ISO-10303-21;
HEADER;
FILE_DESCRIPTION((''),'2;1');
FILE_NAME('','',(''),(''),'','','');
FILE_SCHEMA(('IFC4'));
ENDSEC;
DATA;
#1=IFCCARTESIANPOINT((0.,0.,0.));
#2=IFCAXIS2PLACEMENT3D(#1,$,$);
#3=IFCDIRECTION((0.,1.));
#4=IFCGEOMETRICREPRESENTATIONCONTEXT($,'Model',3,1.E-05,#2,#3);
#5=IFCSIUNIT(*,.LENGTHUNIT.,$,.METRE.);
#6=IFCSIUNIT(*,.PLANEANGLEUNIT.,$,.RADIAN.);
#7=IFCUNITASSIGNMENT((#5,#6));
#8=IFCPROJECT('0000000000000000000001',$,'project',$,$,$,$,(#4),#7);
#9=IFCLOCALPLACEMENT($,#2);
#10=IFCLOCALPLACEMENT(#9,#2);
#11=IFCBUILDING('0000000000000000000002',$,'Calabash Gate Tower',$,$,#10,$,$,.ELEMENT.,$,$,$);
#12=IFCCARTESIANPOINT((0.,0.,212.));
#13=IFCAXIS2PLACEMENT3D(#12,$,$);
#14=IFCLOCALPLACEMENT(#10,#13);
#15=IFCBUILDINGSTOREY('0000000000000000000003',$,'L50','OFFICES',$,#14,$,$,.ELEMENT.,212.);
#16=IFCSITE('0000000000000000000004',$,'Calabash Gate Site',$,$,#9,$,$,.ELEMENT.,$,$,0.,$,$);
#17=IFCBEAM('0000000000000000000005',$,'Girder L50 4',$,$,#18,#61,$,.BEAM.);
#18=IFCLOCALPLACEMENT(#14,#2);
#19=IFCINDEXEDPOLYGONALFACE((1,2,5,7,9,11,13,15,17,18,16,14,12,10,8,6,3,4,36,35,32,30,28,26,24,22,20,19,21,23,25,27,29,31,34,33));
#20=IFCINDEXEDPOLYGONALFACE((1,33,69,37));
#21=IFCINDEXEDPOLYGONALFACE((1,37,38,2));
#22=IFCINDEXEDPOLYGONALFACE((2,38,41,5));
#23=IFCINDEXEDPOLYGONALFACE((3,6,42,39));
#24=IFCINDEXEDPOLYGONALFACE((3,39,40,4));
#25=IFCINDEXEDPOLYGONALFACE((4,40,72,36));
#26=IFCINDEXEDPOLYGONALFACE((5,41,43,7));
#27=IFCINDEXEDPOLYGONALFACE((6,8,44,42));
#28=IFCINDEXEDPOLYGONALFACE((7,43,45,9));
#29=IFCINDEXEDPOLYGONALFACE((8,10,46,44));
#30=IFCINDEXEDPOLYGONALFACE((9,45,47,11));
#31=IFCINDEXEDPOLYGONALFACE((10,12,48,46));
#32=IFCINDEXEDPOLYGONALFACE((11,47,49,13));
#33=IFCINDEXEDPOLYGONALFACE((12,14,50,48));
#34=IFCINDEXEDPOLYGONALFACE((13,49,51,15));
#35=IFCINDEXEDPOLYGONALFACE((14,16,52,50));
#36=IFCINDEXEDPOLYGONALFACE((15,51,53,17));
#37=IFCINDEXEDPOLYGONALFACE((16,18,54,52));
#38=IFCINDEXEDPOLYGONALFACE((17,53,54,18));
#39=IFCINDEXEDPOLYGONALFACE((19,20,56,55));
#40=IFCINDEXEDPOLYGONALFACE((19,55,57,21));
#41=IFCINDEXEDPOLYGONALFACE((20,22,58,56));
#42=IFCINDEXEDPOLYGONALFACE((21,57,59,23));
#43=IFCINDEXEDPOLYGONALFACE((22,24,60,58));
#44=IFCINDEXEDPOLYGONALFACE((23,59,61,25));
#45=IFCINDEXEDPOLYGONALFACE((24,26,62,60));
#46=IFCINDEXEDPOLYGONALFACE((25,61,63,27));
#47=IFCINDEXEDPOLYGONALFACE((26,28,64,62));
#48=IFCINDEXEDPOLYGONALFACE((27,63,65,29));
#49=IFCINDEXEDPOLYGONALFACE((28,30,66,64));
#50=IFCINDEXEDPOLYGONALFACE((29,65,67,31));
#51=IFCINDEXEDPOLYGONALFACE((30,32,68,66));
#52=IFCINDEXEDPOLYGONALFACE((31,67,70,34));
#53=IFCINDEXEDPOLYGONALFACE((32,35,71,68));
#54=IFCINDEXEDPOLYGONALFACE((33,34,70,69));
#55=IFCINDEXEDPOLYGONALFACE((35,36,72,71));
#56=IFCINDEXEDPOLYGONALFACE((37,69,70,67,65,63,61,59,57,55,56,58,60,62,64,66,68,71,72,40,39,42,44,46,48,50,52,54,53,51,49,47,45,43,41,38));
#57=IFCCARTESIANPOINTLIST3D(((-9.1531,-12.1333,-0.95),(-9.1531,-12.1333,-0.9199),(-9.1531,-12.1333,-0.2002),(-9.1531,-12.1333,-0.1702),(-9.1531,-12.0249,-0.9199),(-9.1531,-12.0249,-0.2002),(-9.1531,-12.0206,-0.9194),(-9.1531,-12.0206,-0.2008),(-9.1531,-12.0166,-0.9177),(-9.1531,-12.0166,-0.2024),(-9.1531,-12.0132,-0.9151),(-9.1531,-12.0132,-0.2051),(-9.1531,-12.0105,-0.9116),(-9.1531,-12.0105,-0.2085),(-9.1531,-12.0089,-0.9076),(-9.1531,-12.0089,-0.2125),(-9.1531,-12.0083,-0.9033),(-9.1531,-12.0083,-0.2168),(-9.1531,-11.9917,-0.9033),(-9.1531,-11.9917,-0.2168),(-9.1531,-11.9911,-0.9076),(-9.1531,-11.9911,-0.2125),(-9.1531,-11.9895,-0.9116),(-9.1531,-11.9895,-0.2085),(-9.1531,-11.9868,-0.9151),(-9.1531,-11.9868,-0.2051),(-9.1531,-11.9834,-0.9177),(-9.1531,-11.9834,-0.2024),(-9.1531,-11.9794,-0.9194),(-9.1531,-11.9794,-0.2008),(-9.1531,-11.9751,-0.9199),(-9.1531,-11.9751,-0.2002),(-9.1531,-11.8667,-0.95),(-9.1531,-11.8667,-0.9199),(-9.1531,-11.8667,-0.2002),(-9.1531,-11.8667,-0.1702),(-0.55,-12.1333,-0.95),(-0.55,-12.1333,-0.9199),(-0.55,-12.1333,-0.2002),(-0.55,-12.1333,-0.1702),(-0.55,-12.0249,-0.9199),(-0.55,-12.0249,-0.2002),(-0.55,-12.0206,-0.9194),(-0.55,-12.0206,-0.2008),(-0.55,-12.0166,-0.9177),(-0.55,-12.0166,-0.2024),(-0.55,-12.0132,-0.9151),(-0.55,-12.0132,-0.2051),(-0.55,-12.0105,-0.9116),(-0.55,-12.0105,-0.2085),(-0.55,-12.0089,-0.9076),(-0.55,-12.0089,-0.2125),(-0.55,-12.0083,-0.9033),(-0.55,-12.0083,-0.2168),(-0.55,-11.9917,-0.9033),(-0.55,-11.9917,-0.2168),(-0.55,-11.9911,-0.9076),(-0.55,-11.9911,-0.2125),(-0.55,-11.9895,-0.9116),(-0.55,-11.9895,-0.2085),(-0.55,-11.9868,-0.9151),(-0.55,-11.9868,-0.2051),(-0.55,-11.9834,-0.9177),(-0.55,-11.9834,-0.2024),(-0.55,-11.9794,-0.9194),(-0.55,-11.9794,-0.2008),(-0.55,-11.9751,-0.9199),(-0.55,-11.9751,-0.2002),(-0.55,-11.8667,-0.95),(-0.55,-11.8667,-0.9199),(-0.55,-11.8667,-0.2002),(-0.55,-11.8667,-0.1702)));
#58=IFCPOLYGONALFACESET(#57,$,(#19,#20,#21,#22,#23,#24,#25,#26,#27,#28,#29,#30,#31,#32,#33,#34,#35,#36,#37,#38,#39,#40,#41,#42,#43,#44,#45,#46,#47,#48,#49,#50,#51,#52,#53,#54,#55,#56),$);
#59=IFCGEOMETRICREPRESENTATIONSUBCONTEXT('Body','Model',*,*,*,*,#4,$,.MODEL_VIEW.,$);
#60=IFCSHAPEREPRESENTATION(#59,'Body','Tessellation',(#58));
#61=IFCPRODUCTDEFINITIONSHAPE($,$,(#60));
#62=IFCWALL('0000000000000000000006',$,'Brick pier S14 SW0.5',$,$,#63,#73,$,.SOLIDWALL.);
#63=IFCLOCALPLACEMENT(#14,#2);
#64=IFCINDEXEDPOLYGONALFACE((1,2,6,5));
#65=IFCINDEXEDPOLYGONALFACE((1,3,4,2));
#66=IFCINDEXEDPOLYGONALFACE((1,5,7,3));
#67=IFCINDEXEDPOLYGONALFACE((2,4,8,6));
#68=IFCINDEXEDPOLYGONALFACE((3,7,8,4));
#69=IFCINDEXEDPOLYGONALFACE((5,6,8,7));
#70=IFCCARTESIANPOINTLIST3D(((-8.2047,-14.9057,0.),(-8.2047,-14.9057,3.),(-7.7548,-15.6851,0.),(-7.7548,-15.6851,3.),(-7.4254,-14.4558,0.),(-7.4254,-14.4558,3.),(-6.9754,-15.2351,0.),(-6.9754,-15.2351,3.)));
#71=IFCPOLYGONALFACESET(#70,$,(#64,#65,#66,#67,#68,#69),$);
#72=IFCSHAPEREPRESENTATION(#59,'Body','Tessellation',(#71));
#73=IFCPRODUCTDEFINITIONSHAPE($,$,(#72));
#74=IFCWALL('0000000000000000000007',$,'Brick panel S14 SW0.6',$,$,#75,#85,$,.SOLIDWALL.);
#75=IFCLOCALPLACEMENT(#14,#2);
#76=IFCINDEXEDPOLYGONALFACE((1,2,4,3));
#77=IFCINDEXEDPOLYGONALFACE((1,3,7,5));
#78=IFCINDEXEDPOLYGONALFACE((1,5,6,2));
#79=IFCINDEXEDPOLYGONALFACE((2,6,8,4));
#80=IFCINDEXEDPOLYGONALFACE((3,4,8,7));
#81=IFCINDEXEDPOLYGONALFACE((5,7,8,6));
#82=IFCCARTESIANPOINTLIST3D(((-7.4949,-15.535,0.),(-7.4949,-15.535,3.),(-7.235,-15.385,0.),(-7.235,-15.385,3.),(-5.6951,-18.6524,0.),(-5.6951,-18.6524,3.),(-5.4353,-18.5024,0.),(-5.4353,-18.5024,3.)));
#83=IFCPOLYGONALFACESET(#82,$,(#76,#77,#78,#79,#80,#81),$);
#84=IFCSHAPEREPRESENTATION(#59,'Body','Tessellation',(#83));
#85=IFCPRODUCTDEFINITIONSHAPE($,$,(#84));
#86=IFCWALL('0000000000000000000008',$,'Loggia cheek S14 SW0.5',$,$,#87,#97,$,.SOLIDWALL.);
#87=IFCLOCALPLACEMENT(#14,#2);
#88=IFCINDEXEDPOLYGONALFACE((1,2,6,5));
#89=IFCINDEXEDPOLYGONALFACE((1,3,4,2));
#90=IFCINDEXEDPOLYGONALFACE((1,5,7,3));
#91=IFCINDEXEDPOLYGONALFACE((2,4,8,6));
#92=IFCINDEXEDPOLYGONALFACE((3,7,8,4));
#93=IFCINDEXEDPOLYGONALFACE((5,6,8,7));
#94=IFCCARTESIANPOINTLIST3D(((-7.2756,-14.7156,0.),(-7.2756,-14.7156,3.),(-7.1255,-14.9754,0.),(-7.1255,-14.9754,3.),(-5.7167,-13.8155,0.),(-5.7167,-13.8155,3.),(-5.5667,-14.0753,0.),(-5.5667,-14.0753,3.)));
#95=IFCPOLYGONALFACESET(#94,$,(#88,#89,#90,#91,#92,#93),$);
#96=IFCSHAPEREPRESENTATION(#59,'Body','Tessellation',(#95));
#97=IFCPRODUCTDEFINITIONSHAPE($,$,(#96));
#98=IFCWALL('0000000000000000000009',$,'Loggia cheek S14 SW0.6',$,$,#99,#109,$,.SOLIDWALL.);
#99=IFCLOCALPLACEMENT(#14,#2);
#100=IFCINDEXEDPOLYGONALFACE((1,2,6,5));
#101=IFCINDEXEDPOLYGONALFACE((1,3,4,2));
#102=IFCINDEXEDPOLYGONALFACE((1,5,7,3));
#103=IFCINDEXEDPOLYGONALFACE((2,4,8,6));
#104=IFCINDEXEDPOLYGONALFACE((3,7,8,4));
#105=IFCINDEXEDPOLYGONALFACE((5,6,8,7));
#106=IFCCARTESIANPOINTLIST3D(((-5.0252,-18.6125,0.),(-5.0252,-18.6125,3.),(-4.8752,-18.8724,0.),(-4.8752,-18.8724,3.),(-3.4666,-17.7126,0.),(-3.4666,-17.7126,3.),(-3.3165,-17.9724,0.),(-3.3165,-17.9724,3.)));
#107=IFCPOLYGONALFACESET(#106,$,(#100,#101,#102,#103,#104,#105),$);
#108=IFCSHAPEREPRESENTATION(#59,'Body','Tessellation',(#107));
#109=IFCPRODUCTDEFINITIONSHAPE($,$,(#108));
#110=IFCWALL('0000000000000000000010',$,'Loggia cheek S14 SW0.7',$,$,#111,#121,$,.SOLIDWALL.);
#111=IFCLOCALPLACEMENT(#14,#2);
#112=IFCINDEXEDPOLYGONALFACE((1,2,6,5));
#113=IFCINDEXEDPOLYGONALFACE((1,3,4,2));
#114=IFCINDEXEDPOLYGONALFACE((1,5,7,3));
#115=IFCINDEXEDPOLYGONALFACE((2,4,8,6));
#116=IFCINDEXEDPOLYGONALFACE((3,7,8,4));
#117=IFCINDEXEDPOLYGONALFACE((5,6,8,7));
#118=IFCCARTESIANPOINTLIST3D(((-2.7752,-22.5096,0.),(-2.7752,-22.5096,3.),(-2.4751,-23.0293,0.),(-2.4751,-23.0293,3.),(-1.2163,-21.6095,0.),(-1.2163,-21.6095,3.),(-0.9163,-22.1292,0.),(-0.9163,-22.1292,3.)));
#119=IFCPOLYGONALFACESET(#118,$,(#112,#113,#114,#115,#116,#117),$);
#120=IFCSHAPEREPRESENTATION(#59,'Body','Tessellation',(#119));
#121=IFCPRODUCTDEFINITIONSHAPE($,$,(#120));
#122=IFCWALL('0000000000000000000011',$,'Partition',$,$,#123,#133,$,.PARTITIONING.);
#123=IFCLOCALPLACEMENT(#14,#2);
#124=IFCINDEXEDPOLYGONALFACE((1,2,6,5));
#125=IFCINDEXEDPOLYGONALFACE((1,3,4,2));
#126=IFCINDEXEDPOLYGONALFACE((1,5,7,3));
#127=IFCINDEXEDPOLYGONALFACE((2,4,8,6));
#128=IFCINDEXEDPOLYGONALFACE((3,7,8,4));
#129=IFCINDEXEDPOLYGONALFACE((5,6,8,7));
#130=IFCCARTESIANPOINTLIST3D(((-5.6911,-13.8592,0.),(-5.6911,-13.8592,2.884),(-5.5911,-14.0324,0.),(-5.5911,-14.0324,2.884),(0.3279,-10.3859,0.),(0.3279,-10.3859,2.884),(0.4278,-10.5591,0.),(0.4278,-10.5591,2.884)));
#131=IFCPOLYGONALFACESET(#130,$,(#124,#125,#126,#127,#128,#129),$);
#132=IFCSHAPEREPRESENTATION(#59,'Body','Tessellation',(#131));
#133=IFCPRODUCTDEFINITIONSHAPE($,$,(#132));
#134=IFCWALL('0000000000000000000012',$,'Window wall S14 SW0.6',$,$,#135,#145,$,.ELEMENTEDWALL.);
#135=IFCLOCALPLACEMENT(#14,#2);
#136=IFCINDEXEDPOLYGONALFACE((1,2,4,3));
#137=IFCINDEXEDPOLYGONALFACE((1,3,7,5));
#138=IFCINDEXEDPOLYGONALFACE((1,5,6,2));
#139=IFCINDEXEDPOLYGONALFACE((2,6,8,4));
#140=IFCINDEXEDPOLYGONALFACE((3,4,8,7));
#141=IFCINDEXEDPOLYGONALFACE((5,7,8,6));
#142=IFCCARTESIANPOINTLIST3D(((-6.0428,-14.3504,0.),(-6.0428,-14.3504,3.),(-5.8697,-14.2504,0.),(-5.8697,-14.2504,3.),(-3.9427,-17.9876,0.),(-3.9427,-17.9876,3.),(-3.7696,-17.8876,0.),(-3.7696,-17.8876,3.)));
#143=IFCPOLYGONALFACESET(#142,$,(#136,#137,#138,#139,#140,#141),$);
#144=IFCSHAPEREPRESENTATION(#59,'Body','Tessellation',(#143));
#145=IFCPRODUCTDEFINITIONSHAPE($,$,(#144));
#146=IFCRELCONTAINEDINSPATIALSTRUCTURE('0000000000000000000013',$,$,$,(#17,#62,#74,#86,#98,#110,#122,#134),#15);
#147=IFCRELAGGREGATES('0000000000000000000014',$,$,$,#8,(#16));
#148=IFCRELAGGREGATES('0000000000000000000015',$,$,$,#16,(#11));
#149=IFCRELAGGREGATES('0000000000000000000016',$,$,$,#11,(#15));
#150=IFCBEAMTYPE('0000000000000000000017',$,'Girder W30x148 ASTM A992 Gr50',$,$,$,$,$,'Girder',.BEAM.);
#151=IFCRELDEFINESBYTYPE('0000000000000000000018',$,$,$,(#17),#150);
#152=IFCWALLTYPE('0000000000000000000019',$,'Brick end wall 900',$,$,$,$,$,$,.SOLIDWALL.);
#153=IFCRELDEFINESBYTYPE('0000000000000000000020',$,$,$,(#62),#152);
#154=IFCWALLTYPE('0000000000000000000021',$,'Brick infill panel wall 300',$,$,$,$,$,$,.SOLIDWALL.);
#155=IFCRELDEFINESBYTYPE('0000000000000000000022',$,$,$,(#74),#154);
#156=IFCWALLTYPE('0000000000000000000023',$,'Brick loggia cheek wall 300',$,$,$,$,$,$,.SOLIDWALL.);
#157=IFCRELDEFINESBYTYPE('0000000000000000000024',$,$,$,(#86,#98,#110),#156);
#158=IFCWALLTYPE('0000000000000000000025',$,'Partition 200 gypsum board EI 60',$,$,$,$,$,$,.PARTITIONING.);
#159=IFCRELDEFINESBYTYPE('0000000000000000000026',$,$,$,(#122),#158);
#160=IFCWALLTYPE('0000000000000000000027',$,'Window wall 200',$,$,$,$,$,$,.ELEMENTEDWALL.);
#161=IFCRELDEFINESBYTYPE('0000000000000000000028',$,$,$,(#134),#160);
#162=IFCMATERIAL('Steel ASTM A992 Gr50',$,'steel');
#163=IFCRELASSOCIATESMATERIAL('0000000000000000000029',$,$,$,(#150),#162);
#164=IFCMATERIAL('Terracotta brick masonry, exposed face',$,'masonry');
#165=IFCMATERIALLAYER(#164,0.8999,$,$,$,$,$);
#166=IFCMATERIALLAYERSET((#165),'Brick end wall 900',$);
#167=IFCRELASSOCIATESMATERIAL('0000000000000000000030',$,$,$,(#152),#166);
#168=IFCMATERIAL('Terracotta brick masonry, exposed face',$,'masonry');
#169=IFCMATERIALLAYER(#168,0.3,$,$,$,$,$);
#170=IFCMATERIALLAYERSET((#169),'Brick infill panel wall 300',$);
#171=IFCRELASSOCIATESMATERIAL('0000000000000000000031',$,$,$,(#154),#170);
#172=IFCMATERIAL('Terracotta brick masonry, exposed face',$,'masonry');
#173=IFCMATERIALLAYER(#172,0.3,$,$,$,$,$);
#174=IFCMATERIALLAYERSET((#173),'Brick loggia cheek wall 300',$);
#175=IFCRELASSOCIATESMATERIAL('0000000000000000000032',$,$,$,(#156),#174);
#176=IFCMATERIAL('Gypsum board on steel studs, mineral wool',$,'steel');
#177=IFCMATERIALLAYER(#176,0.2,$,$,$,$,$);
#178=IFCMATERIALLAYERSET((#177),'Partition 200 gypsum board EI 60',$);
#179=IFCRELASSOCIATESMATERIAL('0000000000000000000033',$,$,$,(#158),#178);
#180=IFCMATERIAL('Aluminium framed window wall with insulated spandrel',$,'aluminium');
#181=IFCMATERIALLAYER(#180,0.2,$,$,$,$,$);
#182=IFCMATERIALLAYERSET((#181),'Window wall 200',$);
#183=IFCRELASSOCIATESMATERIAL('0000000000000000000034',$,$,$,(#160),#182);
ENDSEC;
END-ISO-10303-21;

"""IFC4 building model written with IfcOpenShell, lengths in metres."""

from ifc_helpers import new_model, si_unit, direction, frame, frame_2d, origin, origin_2d, place, context, subcontext, project, spatial, rectangle, i_section, extrude, material, layer, layer_set, material_profile, profile_set, type_object, element, save


model = new_model("IFC4")

# Units and contexts
model_context = context("Model", 3, precision=1e-05, world=origin(), true_north=direction((0.0, 1.0)))
body_context = subcontext(model_context, "Body", "Model", "MODEL_VIEW")
ifc_project = project(units=[si_unit("LENGTHUNIT", "METRE"), si_unit("PLANEANGLEUNIT", "RADIAN")], contexts=[model_context])

# Site, building, storey
site_placement = place(None, origin())
site = spatial("IfcSite", under=ifc_project, at=site_placement, Name="Calabash Gate Site", CompositionType="ELEMENT", RefElevation=0.0)
building_placement = place(site_placement, origin())
building = spatial("IfcBuilding", under=site, at=building_placement, Name="Calabash Gate Tower", CompositionType="ELEMENT")
storey_placement = place(building_placement, frame((0.0, 0.0, 212.0)))
storey = spatial("IfcBuildingStorey", under=building, at=storey_placement, Name="L50", Description="OFFICES", CompositionType="ELEMENT", Elevation=212.0)

# Beam
ifc_material_1 = material(Name="Steel ASTM A992 Gr50", Category="steel")
ifc_material_profile_1 = material_profile(ifc_material_1, i_section(OverallWidth=0.2666, OverallDepth=0.7798, WebThickness=0.0166, FlangeThickness=0.03, FilletRadius=0.0166, at=origin_2d()))
ifc_profile_set_1 = profile_set([ifc_material_profile_1], Name="Steel ASTM A992 Gr50")
beam_type_1 = type_object("IfcBeamType", Name="Girder W30x148 ASTM A992 Gr50", ElementType="Girder", PredefinedType="BEAM", material=ifc_profile_set_1)
beam_1_placement = place(storey_placement, frame((-9.1531, -12.0, -0.5601), z_axis=(1.0, 0.0, 0.0), x_axis=(0.0, 1.0, 0.0)))
element("IfcBeam", 1, at=beam_1_placement, inside=storey, type_object=beam_type_1, Name="Girder L50 4", PredefinedType="BEAM", context=body_context, shape_type="SweptSolid", body=[
    extrude(i_section(OverallWidth=0.2666, OverallDepth=0.7798, WebThickness=0.0166, FlangeThickness=0.03, FilletRadius=0.0166, at=origin_2d()), origin(), (0.0, 0.0, 1.0), 8.603),
])

# Walls
ifc_material_2 = material(Name="Terracotta brick masonry, exposed face", Category="masonry")
ifc_layer_1 = layer(ifc_material_2, 0.8999)
ifc_layer_set_1 = layer_set([ifc_layer_1], Name="Brick end wall 900")
wall_type_1 = type_object("IfcWallType", Name="Brick end wall 900", PredefinedType="SOLIDWALL", material=ifc_layer_set_1)
wall_1_placement = place(storey_placement, frame((-7.9797, -15.2954, 0.0), z_axis=(0.0, 0.0, 1.0), x_axis=(0.866014, 0.50002, 0.0)))
element("IfcWall", 2, at=wall_1_placement, inside=storey, type_object=wall_type_1, Name="Brick pier S14 SW0.5", PredefinedType="SOLIDWALL", context=body_context, shape_type="SweptSolid", body=[
    extrude(rectangle(XDim=0.8999, YDim=0.8999, at=frame_2d((0.45, 0.0))), origin(), (0.0, 0.0, 1.0), 3.0),
])
ifc_material_3 = material(Name="Terracotta brick masonry, exposed face", Category="masonry")
ifc_layer_2 = layer(ifc_material_3, 0.3)
ifc_layer_set_2 = layer_set([ifc_layer_2], Name="Brick infill panel wall 300")
wall_type_2 = type_object("IfcWallType", Name="Brick infill panel wall 300", PredefinedType="SOLIDWALL", material=ifc_layer_set_2)
wall_2_placement = place(storey_placement, frame((-5.5652, -18.5774, 0.0), z_axis=(0.0, 0.0, 1.0), x_axis=(-0.499991, 0.866031, 0.0)))
element("IfcWall", 3, at=wall_2_placement, inside=storey, type_object=wall_type_2, Name="Brick panel S14 SW0.6", PredefinedType="SOLIDWALL", context=body_context, shape_type="SweptSolid", body=[
    extrude(rectangle(XDim=3.5996, YDim=0.3, at=frame_2d((1.7998, 0.0))), origin(), (0.0, 0.0, 1.0), 3.0),
])
ifc_material_4 = material(Name="Terracotta brick masonry, exposed face", Category="masonry")
ifc_layer_3 = layer(ifc_material_4, 0.3)
ifc_layer_set_3 = layer_set([ifc_layer_3], Name="Brick loggia cheek wall 300")
wall_type_3 = type_object("IfcWallType", Name="Brick loggia cheek wall 300", PredefinedType="SOLIDWALL", material=ifc_layer_set_3)
wall_3_placement = place(storey_placement, frame((-7.2004, -14.8455, 0.0), z_axis=(0.0, 0.0, 1.0), x_axis=(0.865989, 0.500063, 0.0)))
element("IfcWall", 4, at=wall_3_placement, inside=storey, type_object=wall_type_3, Name="Loggia cheek S14 SW0.5", PredefinedType="SOLIDWALL", context=body_context, shape_type="SweptSolid", body=[
    extrude(rectangle(XDim=1.8, YDim=0.3, at=frame_2d((0.8999, 0.0))), origin(), (0.0, 0.0, 1.0), 3.0),
])
wall_4_placement = place(storey_placement, frame((-4.9502, -18.7424, 0.0), z_axis=(0.0, 0.0, 1.0), x_axis=(0.866014, 0.50002, 0.0)))
element("IfcWall", 5, at=wall_4_placement, inside=storey, type_object=wall_type_3, Name="Loggia cheek S14 SW0.6", PredefinedType="SOLIDWALL", context=body_context, shape_type="SweptSolid", body=[
    extrude(rectangle(XDim=1.7998, YDim=0.3, at=frame_2d((0.8999, 0.0))), origin(), (0.0, 0.0, 1.0), 3.0),
])
wall_5_placement = place(storey_placement, frame((-1.0664, -21.8694, 0.0), z_axis=(0.0, 0.0, 1.0), x_axis=(-0.865989, -0.500063, 0.0)))
element("IfcWall", 6, at=wall_5_placement, inside=storey, type_object=wall_type_3, Name="Loggia cheek S14 SW0.7", PredefinedType="SOLIDWALL", context=body_context, shape_type="SweptSolid", body=[
    extrude(rectangle(XDim=1.8, YDim=0.6001, at=frame_2d((0.8999, 0.0))), origin(), (0.0, 0.0, 1.0), 3.0),
])
ifc_material_5 = material(Name="Gypsum board on steel studs, mineral wool", Category="steel")
ifc_layer_4 = layer(ifc_material_5, 0.2)
ifc_layer_set_4 = layer_set([ifc_layer_4], Name="Partition 200 gypsum board EI 60")
wall_type_4 = type_object("IfcWallType", Name="Partition 200 gypsum board EI 60", PredefinedType="PARTITIONING", material=ifc_layer_set_4)
wall_6_placement = place(storey_placement, frame((-5.6411, -13.9458, 0.0), z_axis=(0.0, 0.0, 1.0), x_axis=(0.866132, 0.499816, 0.0)))
element("IfcWall", 7, at=wall_6_placement, inside=storey, type_object=wall_type_4, Name="Partition", PredefinedType="PARTITIONING", context=body_context, shape_type="SweptSolid", body=[
    extrude(rectangle(XDim=6.9492, YDim=0.2, at=frame_2d((3.4746, 0.0))), origin(), (0.0, 0.0, 1.0), 2.884),
])
ifc_material_6 = material(Name="Aluminium framed window wall with insulated spandrel", Category="aluminium")
ifc_layer_5 = layer(ifc_material_6, 0.2)
ifc_layer_set_5 = layer_set([ifc_layer_5], Name="Window wall 200")
wall_type_5 = type_object("IfcWallType", Name="Window wall 200", PredefinedType="ELEMENTEDWALL", material=ifc_layer_set_5)
wall_7_placement = place(storey_placement, frame((-5.9563, -14.3003, 0.0), z_axis=(0.0, 0.0, 1.0), x_axis=(0.500028, -0.866009, 0.0)))
element("IfcWall", 8, at=wall_7_placement, inside=storey, type_object=wall_type_5, Name="Window wall S14 SW0.6", PredefinedType="ELEMENTEDWALL", context=body_context, shape_type="SweptSolid", body=[
    extrude(rectangle(XDim=4.2, YDim=0.2, at=frame_2d((2.1001, 0.0))), origin(), (0.0, 0.0, 1.0), 3.0),
])

save(model, "model.ifc")
